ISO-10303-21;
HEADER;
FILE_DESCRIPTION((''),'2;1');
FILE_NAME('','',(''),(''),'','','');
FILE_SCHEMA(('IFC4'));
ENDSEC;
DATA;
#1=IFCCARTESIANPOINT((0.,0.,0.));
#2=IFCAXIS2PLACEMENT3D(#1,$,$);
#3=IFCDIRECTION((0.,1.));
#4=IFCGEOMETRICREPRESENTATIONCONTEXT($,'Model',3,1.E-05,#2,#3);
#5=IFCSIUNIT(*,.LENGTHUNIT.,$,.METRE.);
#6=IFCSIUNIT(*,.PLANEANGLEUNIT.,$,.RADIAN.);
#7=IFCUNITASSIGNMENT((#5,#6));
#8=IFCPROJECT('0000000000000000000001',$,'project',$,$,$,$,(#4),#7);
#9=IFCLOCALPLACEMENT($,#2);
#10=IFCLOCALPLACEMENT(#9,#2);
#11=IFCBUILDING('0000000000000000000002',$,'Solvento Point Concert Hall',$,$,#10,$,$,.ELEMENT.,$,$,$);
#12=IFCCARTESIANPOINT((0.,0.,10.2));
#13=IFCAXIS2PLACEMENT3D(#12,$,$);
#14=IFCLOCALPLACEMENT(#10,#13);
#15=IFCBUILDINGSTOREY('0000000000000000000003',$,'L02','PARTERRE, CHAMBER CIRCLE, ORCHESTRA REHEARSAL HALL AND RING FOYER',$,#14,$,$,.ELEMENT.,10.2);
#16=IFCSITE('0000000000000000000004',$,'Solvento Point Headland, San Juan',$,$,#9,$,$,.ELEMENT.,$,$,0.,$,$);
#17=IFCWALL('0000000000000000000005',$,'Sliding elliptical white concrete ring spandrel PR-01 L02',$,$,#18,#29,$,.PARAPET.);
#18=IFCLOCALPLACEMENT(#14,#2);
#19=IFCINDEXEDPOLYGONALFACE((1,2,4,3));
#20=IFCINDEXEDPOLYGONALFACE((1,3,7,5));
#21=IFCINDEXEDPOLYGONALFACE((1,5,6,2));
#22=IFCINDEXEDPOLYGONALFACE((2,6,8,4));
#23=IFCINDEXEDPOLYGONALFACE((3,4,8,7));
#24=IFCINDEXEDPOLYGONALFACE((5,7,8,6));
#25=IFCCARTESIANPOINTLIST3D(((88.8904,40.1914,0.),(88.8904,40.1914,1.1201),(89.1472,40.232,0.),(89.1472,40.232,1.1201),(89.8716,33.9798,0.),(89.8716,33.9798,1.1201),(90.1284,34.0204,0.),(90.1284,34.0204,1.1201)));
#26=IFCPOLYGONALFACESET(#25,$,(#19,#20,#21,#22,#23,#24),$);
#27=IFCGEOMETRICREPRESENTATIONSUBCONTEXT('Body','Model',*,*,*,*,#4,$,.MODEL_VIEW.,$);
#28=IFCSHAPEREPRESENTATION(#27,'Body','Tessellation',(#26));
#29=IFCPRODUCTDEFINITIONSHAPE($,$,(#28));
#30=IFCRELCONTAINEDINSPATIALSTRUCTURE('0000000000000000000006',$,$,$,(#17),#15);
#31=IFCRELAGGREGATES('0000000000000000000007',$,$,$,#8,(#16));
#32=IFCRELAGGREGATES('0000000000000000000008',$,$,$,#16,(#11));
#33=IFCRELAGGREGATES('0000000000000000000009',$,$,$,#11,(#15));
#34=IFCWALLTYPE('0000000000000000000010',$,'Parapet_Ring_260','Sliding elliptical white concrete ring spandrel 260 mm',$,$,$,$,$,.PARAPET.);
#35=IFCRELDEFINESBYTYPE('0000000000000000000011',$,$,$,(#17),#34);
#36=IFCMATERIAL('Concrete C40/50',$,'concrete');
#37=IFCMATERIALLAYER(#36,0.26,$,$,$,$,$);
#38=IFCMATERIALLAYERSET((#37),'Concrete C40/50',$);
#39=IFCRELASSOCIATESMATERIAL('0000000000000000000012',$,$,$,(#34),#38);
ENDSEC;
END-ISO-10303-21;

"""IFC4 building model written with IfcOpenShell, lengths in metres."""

from ifc_helpers import new_model, si_unit, direction, frame, frame_2d, origin, place, context, subcontext, project, spatial, rectangle, extrude, material, layer, layer_set, type_object, element, save


model = new_model("IFC4")

# Units and contexts
model_context = context("Model", 3, precision=1e-05, world=origin(), true_north=direction((0.0, 1.0)))
body_context = subcontext(model_context, "Body", "Model", "MODEL_VIEW")
ifc_project = project(units=[si_unit("LENGTHUNIT", "METRE"), si_unit("PLANEANGLEUNIT", "RADIAN")], contexts=[model_context])

# Site, building, storey
site_placement = place(None, origin())
site = spatial("IfcSite", under=ifc_project, at=site_placement, Name="Solvento Point Headland, San Juan", CompositionType="ELEMENT", RefElevation=0.0)
building_placement = place(site_placement, origin())
building = spatial("IfcBuilding", under=site, at=building_placement, Name="Solvento Point Concert Hall", CompositionType="ELEMENT")
storey_placement = place(building_placement, frame((0.0, 0.0, 10.2)))
storey = spatial("IfcBuildingStorey", under=building, at=storey_placement, Name="L02", Description="PARTERRE, CHAMBER CIRCLE, ORCHESTRA REHEARSAL HALL AND RING FOYER", CompositionType="ELEMENT", Elevation=10.2)

# Wall
ifc_material_1 = material(Name="Concrete C40/50", Category="concrete")
ifc_layer_1 = layer(ifc_material_1, 0.26)
ifc_layer_set_1 = layer_set([ifc_layer_1], Name="Concrete C40/50")
wall_type_1 = type_object("IfcWallType", Name="Parapet_Ring_260", Description="Sliding elliptical white concrete ring spandrel 260 mm", PredefinedType="PARAPET", material=ifc_layer_set_1)
wall_1_placement = place(storey_placement, frame((89.0188, 40.2117, 0.0), z_axis=(0.0, 0.0, 1.0), x_axis=(0.156026, -0.987753, 0.0)))
element("IfcWall", 1, at=wall_1_placement, inside=storey, type_object=wall_type_1, Name="Sliding elliptical white concrete ring spandrel PR-01 L02", PredefinedType="PARAPET", context=body_context, shape_type="SweptSolid", body=[
    extrude(rectangle(XDim=6.2886, YDim=0.26, at=frame_2d((3.1443, 0.0))), origin(), (0.0, 0.0, 1.0), 1.1201),
])

save(model, "model.ifc")
